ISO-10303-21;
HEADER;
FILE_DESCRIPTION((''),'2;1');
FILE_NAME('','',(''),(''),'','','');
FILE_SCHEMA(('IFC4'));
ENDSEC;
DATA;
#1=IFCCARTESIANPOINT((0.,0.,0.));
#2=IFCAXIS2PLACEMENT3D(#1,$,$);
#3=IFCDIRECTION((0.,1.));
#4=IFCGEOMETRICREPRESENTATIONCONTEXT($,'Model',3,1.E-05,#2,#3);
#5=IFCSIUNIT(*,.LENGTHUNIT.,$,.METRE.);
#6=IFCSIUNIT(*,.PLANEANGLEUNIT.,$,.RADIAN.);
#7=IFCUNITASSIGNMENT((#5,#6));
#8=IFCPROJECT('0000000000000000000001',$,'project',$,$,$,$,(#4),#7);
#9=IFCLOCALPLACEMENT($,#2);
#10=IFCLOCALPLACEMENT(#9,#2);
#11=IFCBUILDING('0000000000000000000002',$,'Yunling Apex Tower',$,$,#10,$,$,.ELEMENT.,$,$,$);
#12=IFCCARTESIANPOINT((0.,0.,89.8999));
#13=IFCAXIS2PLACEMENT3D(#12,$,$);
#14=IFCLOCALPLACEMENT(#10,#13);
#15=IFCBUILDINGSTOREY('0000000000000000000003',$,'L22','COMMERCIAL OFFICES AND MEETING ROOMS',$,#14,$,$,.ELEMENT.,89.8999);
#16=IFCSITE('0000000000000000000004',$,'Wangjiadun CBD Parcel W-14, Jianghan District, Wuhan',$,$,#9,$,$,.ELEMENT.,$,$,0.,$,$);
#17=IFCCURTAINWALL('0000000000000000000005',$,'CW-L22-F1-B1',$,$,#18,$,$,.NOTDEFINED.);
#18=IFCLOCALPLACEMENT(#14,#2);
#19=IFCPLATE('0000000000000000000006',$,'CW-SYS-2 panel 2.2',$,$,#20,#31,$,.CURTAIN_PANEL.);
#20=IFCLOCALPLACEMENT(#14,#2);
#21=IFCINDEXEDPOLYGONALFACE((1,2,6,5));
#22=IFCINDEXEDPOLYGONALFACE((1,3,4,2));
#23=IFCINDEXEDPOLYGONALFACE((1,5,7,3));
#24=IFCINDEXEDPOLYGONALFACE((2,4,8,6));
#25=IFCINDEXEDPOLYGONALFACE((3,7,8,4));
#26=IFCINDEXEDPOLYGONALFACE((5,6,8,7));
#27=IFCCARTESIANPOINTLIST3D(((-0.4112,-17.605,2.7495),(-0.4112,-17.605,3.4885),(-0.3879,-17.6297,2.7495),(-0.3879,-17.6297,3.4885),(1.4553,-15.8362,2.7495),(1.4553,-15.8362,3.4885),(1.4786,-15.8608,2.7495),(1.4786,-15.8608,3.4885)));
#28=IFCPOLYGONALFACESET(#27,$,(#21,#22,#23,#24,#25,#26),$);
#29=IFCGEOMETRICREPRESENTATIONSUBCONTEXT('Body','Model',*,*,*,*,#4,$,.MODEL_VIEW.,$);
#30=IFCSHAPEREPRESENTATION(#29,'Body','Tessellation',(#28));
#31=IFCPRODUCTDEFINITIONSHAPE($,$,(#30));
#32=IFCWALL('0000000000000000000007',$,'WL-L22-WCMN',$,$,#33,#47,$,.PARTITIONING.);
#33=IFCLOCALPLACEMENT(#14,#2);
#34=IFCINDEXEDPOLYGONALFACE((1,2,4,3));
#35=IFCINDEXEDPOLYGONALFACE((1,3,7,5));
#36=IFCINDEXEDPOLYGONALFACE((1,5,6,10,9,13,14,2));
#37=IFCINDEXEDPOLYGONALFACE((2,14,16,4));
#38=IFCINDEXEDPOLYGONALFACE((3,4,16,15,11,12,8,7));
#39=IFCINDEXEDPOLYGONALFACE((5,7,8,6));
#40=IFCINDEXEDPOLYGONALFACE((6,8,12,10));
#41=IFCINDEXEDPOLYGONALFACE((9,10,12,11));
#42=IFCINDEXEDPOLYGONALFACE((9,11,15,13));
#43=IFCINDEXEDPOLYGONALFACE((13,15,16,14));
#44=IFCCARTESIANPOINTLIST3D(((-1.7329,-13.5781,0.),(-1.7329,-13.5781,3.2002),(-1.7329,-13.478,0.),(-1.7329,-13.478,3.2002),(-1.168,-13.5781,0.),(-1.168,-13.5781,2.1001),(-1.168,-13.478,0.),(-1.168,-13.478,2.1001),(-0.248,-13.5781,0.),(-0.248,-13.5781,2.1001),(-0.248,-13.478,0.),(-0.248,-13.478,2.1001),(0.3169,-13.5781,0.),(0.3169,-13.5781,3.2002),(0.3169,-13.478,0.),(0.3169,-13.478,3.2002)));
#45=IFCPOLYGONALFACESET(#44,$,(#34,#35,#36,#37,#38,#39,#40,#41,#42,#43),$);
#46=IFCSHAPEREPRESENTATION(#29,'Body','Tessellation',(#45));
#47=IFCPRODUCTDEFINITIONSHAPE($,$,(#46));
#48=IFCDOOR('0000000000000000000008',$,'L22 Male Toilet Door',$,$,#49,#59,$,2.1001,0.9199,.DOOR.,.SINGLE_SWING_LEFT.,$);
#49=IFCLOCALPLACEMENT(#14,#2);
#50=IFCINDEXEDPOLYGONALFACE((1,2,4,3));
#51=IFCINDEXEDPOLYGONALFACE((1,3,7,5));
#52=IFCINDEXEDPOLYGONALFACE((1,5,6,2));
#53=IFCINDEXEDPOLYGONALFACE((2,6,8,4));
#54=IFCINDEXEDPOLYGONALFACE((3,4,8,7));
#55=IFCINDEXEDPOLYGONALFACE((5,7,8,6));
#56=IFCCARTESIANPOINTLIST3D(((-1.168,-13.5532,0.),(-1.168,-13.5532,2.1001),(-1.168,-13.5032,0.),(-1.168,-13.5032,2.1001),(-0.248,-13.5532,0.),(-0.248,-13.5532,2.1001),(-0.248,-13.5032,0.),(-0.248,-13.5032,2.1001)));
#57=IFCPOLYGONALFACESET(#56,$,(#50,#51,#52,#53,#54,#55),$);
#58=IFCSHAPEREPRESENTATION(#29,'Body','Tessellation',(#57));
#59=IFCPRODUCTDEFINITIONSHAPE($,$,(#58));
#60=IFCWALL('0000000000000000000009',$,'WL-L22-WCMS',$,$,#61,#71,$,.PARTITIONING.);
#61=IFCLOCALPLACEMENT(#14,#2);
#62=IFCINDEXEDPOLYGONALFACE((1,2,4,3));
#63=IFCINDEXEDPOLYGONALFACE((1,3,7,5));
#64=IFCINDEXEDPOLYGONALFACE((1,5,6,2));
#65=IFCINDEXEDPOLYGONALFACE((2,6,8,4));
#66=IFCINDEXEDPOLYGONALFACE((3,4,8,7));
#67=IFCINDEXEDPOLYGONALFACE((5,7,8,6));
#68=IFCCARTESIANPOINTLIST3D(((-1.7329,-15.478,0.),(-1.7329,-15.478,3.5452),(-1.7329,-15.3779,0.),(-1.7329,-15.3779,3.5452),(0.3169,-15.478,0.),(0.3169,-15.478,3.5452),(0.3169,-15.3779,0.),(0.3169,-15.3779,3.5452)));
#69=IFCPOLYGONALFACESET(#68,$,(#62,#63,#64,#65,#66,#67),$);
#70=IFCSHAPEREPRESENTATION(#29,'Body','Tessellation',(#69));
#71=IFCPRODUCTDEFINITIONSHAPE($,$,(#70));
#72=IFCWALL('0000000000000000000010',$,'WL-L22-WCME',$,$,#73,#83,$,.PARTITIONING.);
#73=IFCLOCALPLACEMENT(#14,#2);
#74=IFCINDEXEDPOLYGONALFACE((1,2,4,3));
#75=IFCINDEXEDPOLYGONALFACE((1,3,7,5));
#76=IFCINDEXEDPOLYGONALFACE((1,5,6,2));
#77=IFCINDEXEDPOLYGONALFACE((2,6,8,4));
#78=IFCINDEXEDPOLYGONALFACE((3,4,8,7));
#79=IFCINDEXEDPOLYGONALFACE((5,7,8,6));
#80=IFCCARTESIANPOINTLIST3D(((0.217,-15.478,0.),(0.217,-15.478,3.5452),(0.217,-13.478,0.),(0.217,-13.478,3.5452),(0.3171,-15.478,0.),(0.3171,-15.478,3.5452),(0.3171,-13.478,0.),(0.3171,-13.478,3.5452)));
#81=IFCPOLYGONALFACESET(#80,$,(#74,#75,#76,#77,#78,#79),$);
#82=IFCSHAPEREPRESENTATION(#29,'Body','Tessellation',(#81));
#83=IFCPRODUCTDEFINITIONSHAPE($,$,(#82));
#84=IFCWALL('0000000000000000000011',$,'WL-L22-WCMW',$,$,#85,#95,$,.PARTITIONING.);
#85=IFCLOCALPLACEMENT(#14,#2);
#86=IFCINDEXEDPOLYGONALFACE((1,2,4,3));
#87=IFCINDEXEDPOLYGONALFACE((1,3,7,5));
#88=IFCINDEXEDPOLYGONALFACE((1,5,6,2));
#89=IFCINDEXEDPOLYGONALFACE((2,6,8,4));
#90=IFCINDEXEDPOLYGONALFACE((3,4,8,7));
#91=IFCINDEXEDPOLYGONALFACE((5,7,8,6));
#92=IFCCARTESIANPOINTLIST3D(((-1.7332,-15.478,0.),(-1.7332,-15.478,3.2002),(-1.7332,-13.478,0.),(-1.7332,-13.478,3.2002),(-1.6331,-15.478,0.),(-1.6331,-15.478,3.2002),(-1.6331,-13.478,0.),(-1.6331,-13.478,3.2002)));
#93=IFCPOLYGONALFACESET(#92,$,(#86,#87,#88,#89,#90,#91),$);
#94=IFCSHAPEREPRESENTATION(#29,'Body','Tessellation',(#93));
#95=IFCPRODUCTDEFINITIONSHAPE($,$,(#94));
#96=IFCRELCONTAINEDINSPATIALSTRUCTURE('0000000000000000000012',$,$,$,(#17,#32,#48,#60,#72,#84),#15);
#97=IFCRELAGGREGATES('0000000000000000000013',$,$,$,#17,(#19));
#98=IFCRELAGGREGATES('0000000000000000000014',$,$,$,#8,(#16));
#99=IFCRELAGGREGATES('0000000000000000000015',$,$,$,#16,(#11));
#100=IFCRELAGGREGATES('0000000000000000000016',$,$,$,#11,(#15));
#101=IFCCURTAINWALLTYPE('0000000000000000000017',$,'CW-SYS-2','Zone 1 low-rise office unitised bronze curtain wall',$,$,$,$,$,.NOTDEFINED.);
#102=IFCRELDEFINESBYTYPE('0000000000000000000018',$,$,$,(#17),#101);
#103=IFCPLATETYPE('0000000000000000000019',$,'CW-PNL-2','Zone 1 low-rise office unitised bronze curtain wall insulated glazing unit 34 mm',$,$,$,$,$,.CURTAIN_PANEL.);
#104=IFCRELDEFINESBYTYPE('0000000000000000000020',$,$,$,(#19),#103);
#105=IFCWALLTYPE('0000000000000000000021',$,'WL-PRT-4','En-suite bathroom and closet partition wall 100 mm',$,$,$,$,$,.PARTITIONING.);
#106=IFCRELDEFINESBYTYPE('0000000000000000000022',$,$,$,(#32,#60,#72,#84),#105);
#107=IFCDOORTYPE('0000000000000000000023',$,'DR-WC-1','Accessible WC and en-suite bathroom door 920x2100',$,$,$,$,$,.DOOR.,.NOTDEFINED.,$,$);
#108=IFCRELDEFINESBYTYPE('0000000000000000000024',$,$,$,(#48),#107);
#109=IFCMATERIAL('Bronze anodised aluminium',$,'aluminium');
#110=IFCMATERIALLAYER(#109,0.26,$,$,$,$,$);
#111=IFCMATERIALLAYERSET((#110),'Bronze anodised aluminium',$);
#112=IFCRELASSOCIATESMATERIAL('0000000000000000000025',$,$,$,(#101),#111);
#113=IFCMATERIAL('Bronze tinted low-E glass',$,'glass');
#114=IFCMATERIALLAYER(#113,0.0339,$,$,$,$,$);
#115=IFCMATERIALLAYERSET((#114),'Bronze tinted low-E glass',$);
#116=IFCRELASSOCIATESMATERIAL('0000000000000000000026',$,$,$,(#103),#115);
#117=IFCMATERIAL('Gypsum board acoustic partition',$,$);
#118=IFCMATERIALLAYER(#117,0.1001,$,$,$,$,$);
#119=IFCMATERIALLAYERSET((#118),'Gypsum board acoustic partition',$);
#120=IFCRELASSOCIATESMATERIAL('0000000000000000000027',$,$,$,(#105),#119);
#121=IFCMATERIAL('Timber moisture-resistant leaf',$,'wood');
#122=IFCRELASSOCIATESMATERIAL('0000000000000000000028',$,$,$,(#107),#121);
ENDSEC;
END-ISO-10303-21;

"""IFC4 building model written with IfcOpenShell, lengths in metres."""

from ifc_helpers import new_model, si_unit, direction, frame, frame_2d, origin, origin_2d, place, context, subcontext, project, spatial, rectangle, extrude, source, transform, mapped, material, layer, layer_set, type_object, element, fill, aggregate, save


model = new_model("IFC4")

# Units and contexts
model_context = context("Model", 3, precision=1e-05, world=origin(), true_north=direction((0.0, 1.0)))
body_context = subcontext(model_context, "Body", "Model", "MODEL_VIEW")
ifc_project = project(units=[si_unit("LENGTHUNIT", "METRE"), si_unit("PLANEANGLEUNIT", "RADIAN")], contexts=[model_context])

# Site, building, storey
site_placement = place(None, origin())
site = spatial("IfcSite", under=ifc_project, at=site_placement, Name="Wangjiadun CBD Parcel W-14, Jianghan District, Wuhan", CompositionType="ELEMENT", RefElevation=0.0)
building_placement = place(site_placement, origin())
building = spatial("IfcBuilding", under=site, at=building_placement, Name="Yunling Apex Tower", CompositionType="ELEMENT")
storey_placement = place(building_placement, frame((0.0, 0.0, 89.8999)))
storey = spatial("IfcBuildingStorey", under=building, at=storey_placement, Name="L22", Description="COMMERCIAL OFFICES AND MEETING ROOMS", CompositionType="ELEMENT", Elevation=89.8999)

# Curtain wall, plate
ifc_material_1 = material(Name="Bronze anodised aluminium", Category="aluminium")
ifc_layer_1 = layer(ifc_material_1, 0.26)
ifc_layer_set_1 = layer_set([ifc_layer_1], Name="Bronze anodised aluminium")
curtain_wall_type = type_object("IfcCurtainWallType", Name="CW-SYS-2", Description="Zone 1 low-rise office unitised bronze curtain wall", PredefinedType="NOTDEFINED", material=ifc_layer_set_1)
curtain_wall_placement = place(storey_placement, origin())
curtain_wall = element("IfcCurtainWall", 1, at=curtain_wall_placement, inside=storey, type_object=curtain_wall_type, Name="CW-L22-F1-B1", PredefinedType="NOTDEFINED")
ifc_material_2 = material(Name="Bronze tinted low-E glass", Category="glass")
ifc_layer_2 = layer(ifc_material_2, 0.0339)
ifc_layer_set_2 = layer_set([ifc_layer_2], Name="Bronze tinted low-E glass")
plate_type = type_object("IfcPlateType", Name="CW-PNL-2", Description="Zone 1 low-rise office unitised bronze curtain wall insulated glazing unit 34 mm", PredefinedType="CURTAIN_PANEL", material=ifc_layer_set_2)
shared_shape_1 = source(origin(), body_context, "Body", "SweptSolid", [
    extrude(rectangle(XDim=2.5715, YDim=0.0339, at=origin_2d()), origin(), (0.0, 0.0, 1.0), 0.739),
])
plate_1_placement = place(storey_placement, frame((0.5337, -16.7329, 2.7495), z_axis=(0.0, 0.0, 1.0), x_axis=(0.725842, 0.687861, 0.0)))
plate_1 = element("IfcPlate", 2, at=plate_1_placement, type_object=plate_type, Name="CW-SYS-2 panel 2.2", PredefinedType="CURTAIN_PANEL", context=body_context, shape_type="MappedRepresentation", body=[
    mapped(shared_shape_1, transform((0.0, 0.0, 0.0), scale=1.0)),
])
aggregate(curtain_wall, [plate_1])

# Wall, opening, door
ifc_material_3 = material(Name="Gypsum board acoustic partition")
ifc_layer_3 = layer(ifc_material_3, 0.1001)
ifc_layer_set_3 = layer_set([ifc_layer_3], Name="Gypsum board acoustic partition")
wall_type = type_object("IfcWallType", Name="WL-PRT-4", Description="En-suite bathroom and closet partition wall 100 mm", PredefinedType="PARTITIONING", material=ifc_layer_set_3)
wall_1_placement = place(storey_placement, frame((-1.7329, -13.5281, 0.0), z_axis=(0.0, 0.0, 1.0), x_axis=(1.0, 0.0, 0.0)))
wall_1 = element("IfcWall", 3, at=wall_1_placement, inside=storey, type_object=wall_type, Name="WL-L22-WCMN", PredefinedType="PARTITIONING", context=body_context, shape_type="SweptSolid", body=[
    extrude(rectangle(XDim=2.0498, YDim=0.1001, at=frame_2d((1.0249, 0.0))), origin(), (0.0, 0.0, 1.0), 3.2002),
])
opening_placement = place(wall_1_placement, frame((0.5649, 0.0, 0.0)))
opening = element("IfcOpeningElement", 4, at=opening_placement, cuts=wall_1, PredefinedType="OPENING", context=body_context, shape_type="SweptSolid", body=[
    extrude(rectangle(XDim=0.9199, YDim=2.1001, at=frame_2d((0.46, 1.05))), frame((0.0, 0.0601, 0.0), z_axis=(0.0, -1.0, 0.0), x_axis=(1.0, 0.0, 0.0)), (0.0, 0.0, 1.0), 0.1201),
])
ifc_material_4 = material(Name="Timber moisture-resistant leaf", Category="wood")
door_type = type_object("IfcDoorType", Name="DR-WC-1", Description="Accessible WC and en-suite bathroom door 920x2100", OperationType="NOTDEFINED", PredefinedType="DOOR", material=ifc_material_4)
door_placement = place(opening_placement, origin())
door = element("IfcDoor", 5, at=door_placement, inside=storey, type_object=door_type, Name="L22 Male Toilet Door", OperationType="SINGLE_SWING_LEFT", OverallHeight=2.1001, OverallWidth=0.9199, PredefinedType="DOOR", context=body_context, shape_type="SweptSolid", body=[
    extrude(rectangle(XDim=0.9199, YDim=2.1001, at=frame_2d((0.46, 1.05))), frame((0.0, 0.0249, 0.0), z_axis=(0.0, -1.0, 0.0), x_axis=(1.0, 0.0, 0.0)), (0.0, 0.0, 1.0), 0.05),
])
fill(opening, door)

# Walls
wall_2_placement = place(storey_placement, frame((0.3169, -15.428, 0.0), z_axis=(0.0, 0.0, 1.0), x_axis=(-1.0, 0.0, 0.0)))
element("IfcWall", 6, at=wall_2_placement, inside=storey, type_object=wall_type, Name="WL-L22-WCMS", PredefinedType="PARTITIONING", context=body_context, shape_type="SweptSolid", body=[
    extrude(rectangle(XDim=2.0498, YDim=0.1001, at=frame_2d((1.0249, 0.0))), origin(), (0.0, 0.0, 1.0), 3.5452),
])
wall_3_placement = place(storey_placement, frame((0.2671, -13.478, 0.0), z_axis=(0.0, 0.0, 1.0), x_axis=(0.0, -1.0, 0.0)))
element("IfcWall", 7, at=wall_3_placement, inside=storey, type_object=wall_type, Name="WL-L22-WCME", PredefinedType="PARTITIONING", context=body_context, shape_type="SweptSolid", body=[
    extrude(rectangle(XDim=2.0, YDim=0.1001, at=frame_2d((1.0, 0.0))), origin(), (0.0, 0.0, 1.0), 3.5452),
])
wall_4_placement = place(storey_placement, frame((-1.6831, -15.478, 0.0), z_axis=(0.0, 0.0, 1.0), x_axis=(0.0, 1.0, 0.0)))
element("IfcWall", 8, at=wall_4_placement, inside=storey, type_object=wall_type, Name="WL-L22-WCMW", PredefinedType="PARTITIONING", context=body_context, shape_type="SweptSolid", body=[
    extrude(rectangle(XDim=2.0, YDim=0.1001, at=frame_2d((1.0, 0.0))), origin(), (0.0, 0.0, 1.0), 3.2002),
])

save(model, "model.ifc")
